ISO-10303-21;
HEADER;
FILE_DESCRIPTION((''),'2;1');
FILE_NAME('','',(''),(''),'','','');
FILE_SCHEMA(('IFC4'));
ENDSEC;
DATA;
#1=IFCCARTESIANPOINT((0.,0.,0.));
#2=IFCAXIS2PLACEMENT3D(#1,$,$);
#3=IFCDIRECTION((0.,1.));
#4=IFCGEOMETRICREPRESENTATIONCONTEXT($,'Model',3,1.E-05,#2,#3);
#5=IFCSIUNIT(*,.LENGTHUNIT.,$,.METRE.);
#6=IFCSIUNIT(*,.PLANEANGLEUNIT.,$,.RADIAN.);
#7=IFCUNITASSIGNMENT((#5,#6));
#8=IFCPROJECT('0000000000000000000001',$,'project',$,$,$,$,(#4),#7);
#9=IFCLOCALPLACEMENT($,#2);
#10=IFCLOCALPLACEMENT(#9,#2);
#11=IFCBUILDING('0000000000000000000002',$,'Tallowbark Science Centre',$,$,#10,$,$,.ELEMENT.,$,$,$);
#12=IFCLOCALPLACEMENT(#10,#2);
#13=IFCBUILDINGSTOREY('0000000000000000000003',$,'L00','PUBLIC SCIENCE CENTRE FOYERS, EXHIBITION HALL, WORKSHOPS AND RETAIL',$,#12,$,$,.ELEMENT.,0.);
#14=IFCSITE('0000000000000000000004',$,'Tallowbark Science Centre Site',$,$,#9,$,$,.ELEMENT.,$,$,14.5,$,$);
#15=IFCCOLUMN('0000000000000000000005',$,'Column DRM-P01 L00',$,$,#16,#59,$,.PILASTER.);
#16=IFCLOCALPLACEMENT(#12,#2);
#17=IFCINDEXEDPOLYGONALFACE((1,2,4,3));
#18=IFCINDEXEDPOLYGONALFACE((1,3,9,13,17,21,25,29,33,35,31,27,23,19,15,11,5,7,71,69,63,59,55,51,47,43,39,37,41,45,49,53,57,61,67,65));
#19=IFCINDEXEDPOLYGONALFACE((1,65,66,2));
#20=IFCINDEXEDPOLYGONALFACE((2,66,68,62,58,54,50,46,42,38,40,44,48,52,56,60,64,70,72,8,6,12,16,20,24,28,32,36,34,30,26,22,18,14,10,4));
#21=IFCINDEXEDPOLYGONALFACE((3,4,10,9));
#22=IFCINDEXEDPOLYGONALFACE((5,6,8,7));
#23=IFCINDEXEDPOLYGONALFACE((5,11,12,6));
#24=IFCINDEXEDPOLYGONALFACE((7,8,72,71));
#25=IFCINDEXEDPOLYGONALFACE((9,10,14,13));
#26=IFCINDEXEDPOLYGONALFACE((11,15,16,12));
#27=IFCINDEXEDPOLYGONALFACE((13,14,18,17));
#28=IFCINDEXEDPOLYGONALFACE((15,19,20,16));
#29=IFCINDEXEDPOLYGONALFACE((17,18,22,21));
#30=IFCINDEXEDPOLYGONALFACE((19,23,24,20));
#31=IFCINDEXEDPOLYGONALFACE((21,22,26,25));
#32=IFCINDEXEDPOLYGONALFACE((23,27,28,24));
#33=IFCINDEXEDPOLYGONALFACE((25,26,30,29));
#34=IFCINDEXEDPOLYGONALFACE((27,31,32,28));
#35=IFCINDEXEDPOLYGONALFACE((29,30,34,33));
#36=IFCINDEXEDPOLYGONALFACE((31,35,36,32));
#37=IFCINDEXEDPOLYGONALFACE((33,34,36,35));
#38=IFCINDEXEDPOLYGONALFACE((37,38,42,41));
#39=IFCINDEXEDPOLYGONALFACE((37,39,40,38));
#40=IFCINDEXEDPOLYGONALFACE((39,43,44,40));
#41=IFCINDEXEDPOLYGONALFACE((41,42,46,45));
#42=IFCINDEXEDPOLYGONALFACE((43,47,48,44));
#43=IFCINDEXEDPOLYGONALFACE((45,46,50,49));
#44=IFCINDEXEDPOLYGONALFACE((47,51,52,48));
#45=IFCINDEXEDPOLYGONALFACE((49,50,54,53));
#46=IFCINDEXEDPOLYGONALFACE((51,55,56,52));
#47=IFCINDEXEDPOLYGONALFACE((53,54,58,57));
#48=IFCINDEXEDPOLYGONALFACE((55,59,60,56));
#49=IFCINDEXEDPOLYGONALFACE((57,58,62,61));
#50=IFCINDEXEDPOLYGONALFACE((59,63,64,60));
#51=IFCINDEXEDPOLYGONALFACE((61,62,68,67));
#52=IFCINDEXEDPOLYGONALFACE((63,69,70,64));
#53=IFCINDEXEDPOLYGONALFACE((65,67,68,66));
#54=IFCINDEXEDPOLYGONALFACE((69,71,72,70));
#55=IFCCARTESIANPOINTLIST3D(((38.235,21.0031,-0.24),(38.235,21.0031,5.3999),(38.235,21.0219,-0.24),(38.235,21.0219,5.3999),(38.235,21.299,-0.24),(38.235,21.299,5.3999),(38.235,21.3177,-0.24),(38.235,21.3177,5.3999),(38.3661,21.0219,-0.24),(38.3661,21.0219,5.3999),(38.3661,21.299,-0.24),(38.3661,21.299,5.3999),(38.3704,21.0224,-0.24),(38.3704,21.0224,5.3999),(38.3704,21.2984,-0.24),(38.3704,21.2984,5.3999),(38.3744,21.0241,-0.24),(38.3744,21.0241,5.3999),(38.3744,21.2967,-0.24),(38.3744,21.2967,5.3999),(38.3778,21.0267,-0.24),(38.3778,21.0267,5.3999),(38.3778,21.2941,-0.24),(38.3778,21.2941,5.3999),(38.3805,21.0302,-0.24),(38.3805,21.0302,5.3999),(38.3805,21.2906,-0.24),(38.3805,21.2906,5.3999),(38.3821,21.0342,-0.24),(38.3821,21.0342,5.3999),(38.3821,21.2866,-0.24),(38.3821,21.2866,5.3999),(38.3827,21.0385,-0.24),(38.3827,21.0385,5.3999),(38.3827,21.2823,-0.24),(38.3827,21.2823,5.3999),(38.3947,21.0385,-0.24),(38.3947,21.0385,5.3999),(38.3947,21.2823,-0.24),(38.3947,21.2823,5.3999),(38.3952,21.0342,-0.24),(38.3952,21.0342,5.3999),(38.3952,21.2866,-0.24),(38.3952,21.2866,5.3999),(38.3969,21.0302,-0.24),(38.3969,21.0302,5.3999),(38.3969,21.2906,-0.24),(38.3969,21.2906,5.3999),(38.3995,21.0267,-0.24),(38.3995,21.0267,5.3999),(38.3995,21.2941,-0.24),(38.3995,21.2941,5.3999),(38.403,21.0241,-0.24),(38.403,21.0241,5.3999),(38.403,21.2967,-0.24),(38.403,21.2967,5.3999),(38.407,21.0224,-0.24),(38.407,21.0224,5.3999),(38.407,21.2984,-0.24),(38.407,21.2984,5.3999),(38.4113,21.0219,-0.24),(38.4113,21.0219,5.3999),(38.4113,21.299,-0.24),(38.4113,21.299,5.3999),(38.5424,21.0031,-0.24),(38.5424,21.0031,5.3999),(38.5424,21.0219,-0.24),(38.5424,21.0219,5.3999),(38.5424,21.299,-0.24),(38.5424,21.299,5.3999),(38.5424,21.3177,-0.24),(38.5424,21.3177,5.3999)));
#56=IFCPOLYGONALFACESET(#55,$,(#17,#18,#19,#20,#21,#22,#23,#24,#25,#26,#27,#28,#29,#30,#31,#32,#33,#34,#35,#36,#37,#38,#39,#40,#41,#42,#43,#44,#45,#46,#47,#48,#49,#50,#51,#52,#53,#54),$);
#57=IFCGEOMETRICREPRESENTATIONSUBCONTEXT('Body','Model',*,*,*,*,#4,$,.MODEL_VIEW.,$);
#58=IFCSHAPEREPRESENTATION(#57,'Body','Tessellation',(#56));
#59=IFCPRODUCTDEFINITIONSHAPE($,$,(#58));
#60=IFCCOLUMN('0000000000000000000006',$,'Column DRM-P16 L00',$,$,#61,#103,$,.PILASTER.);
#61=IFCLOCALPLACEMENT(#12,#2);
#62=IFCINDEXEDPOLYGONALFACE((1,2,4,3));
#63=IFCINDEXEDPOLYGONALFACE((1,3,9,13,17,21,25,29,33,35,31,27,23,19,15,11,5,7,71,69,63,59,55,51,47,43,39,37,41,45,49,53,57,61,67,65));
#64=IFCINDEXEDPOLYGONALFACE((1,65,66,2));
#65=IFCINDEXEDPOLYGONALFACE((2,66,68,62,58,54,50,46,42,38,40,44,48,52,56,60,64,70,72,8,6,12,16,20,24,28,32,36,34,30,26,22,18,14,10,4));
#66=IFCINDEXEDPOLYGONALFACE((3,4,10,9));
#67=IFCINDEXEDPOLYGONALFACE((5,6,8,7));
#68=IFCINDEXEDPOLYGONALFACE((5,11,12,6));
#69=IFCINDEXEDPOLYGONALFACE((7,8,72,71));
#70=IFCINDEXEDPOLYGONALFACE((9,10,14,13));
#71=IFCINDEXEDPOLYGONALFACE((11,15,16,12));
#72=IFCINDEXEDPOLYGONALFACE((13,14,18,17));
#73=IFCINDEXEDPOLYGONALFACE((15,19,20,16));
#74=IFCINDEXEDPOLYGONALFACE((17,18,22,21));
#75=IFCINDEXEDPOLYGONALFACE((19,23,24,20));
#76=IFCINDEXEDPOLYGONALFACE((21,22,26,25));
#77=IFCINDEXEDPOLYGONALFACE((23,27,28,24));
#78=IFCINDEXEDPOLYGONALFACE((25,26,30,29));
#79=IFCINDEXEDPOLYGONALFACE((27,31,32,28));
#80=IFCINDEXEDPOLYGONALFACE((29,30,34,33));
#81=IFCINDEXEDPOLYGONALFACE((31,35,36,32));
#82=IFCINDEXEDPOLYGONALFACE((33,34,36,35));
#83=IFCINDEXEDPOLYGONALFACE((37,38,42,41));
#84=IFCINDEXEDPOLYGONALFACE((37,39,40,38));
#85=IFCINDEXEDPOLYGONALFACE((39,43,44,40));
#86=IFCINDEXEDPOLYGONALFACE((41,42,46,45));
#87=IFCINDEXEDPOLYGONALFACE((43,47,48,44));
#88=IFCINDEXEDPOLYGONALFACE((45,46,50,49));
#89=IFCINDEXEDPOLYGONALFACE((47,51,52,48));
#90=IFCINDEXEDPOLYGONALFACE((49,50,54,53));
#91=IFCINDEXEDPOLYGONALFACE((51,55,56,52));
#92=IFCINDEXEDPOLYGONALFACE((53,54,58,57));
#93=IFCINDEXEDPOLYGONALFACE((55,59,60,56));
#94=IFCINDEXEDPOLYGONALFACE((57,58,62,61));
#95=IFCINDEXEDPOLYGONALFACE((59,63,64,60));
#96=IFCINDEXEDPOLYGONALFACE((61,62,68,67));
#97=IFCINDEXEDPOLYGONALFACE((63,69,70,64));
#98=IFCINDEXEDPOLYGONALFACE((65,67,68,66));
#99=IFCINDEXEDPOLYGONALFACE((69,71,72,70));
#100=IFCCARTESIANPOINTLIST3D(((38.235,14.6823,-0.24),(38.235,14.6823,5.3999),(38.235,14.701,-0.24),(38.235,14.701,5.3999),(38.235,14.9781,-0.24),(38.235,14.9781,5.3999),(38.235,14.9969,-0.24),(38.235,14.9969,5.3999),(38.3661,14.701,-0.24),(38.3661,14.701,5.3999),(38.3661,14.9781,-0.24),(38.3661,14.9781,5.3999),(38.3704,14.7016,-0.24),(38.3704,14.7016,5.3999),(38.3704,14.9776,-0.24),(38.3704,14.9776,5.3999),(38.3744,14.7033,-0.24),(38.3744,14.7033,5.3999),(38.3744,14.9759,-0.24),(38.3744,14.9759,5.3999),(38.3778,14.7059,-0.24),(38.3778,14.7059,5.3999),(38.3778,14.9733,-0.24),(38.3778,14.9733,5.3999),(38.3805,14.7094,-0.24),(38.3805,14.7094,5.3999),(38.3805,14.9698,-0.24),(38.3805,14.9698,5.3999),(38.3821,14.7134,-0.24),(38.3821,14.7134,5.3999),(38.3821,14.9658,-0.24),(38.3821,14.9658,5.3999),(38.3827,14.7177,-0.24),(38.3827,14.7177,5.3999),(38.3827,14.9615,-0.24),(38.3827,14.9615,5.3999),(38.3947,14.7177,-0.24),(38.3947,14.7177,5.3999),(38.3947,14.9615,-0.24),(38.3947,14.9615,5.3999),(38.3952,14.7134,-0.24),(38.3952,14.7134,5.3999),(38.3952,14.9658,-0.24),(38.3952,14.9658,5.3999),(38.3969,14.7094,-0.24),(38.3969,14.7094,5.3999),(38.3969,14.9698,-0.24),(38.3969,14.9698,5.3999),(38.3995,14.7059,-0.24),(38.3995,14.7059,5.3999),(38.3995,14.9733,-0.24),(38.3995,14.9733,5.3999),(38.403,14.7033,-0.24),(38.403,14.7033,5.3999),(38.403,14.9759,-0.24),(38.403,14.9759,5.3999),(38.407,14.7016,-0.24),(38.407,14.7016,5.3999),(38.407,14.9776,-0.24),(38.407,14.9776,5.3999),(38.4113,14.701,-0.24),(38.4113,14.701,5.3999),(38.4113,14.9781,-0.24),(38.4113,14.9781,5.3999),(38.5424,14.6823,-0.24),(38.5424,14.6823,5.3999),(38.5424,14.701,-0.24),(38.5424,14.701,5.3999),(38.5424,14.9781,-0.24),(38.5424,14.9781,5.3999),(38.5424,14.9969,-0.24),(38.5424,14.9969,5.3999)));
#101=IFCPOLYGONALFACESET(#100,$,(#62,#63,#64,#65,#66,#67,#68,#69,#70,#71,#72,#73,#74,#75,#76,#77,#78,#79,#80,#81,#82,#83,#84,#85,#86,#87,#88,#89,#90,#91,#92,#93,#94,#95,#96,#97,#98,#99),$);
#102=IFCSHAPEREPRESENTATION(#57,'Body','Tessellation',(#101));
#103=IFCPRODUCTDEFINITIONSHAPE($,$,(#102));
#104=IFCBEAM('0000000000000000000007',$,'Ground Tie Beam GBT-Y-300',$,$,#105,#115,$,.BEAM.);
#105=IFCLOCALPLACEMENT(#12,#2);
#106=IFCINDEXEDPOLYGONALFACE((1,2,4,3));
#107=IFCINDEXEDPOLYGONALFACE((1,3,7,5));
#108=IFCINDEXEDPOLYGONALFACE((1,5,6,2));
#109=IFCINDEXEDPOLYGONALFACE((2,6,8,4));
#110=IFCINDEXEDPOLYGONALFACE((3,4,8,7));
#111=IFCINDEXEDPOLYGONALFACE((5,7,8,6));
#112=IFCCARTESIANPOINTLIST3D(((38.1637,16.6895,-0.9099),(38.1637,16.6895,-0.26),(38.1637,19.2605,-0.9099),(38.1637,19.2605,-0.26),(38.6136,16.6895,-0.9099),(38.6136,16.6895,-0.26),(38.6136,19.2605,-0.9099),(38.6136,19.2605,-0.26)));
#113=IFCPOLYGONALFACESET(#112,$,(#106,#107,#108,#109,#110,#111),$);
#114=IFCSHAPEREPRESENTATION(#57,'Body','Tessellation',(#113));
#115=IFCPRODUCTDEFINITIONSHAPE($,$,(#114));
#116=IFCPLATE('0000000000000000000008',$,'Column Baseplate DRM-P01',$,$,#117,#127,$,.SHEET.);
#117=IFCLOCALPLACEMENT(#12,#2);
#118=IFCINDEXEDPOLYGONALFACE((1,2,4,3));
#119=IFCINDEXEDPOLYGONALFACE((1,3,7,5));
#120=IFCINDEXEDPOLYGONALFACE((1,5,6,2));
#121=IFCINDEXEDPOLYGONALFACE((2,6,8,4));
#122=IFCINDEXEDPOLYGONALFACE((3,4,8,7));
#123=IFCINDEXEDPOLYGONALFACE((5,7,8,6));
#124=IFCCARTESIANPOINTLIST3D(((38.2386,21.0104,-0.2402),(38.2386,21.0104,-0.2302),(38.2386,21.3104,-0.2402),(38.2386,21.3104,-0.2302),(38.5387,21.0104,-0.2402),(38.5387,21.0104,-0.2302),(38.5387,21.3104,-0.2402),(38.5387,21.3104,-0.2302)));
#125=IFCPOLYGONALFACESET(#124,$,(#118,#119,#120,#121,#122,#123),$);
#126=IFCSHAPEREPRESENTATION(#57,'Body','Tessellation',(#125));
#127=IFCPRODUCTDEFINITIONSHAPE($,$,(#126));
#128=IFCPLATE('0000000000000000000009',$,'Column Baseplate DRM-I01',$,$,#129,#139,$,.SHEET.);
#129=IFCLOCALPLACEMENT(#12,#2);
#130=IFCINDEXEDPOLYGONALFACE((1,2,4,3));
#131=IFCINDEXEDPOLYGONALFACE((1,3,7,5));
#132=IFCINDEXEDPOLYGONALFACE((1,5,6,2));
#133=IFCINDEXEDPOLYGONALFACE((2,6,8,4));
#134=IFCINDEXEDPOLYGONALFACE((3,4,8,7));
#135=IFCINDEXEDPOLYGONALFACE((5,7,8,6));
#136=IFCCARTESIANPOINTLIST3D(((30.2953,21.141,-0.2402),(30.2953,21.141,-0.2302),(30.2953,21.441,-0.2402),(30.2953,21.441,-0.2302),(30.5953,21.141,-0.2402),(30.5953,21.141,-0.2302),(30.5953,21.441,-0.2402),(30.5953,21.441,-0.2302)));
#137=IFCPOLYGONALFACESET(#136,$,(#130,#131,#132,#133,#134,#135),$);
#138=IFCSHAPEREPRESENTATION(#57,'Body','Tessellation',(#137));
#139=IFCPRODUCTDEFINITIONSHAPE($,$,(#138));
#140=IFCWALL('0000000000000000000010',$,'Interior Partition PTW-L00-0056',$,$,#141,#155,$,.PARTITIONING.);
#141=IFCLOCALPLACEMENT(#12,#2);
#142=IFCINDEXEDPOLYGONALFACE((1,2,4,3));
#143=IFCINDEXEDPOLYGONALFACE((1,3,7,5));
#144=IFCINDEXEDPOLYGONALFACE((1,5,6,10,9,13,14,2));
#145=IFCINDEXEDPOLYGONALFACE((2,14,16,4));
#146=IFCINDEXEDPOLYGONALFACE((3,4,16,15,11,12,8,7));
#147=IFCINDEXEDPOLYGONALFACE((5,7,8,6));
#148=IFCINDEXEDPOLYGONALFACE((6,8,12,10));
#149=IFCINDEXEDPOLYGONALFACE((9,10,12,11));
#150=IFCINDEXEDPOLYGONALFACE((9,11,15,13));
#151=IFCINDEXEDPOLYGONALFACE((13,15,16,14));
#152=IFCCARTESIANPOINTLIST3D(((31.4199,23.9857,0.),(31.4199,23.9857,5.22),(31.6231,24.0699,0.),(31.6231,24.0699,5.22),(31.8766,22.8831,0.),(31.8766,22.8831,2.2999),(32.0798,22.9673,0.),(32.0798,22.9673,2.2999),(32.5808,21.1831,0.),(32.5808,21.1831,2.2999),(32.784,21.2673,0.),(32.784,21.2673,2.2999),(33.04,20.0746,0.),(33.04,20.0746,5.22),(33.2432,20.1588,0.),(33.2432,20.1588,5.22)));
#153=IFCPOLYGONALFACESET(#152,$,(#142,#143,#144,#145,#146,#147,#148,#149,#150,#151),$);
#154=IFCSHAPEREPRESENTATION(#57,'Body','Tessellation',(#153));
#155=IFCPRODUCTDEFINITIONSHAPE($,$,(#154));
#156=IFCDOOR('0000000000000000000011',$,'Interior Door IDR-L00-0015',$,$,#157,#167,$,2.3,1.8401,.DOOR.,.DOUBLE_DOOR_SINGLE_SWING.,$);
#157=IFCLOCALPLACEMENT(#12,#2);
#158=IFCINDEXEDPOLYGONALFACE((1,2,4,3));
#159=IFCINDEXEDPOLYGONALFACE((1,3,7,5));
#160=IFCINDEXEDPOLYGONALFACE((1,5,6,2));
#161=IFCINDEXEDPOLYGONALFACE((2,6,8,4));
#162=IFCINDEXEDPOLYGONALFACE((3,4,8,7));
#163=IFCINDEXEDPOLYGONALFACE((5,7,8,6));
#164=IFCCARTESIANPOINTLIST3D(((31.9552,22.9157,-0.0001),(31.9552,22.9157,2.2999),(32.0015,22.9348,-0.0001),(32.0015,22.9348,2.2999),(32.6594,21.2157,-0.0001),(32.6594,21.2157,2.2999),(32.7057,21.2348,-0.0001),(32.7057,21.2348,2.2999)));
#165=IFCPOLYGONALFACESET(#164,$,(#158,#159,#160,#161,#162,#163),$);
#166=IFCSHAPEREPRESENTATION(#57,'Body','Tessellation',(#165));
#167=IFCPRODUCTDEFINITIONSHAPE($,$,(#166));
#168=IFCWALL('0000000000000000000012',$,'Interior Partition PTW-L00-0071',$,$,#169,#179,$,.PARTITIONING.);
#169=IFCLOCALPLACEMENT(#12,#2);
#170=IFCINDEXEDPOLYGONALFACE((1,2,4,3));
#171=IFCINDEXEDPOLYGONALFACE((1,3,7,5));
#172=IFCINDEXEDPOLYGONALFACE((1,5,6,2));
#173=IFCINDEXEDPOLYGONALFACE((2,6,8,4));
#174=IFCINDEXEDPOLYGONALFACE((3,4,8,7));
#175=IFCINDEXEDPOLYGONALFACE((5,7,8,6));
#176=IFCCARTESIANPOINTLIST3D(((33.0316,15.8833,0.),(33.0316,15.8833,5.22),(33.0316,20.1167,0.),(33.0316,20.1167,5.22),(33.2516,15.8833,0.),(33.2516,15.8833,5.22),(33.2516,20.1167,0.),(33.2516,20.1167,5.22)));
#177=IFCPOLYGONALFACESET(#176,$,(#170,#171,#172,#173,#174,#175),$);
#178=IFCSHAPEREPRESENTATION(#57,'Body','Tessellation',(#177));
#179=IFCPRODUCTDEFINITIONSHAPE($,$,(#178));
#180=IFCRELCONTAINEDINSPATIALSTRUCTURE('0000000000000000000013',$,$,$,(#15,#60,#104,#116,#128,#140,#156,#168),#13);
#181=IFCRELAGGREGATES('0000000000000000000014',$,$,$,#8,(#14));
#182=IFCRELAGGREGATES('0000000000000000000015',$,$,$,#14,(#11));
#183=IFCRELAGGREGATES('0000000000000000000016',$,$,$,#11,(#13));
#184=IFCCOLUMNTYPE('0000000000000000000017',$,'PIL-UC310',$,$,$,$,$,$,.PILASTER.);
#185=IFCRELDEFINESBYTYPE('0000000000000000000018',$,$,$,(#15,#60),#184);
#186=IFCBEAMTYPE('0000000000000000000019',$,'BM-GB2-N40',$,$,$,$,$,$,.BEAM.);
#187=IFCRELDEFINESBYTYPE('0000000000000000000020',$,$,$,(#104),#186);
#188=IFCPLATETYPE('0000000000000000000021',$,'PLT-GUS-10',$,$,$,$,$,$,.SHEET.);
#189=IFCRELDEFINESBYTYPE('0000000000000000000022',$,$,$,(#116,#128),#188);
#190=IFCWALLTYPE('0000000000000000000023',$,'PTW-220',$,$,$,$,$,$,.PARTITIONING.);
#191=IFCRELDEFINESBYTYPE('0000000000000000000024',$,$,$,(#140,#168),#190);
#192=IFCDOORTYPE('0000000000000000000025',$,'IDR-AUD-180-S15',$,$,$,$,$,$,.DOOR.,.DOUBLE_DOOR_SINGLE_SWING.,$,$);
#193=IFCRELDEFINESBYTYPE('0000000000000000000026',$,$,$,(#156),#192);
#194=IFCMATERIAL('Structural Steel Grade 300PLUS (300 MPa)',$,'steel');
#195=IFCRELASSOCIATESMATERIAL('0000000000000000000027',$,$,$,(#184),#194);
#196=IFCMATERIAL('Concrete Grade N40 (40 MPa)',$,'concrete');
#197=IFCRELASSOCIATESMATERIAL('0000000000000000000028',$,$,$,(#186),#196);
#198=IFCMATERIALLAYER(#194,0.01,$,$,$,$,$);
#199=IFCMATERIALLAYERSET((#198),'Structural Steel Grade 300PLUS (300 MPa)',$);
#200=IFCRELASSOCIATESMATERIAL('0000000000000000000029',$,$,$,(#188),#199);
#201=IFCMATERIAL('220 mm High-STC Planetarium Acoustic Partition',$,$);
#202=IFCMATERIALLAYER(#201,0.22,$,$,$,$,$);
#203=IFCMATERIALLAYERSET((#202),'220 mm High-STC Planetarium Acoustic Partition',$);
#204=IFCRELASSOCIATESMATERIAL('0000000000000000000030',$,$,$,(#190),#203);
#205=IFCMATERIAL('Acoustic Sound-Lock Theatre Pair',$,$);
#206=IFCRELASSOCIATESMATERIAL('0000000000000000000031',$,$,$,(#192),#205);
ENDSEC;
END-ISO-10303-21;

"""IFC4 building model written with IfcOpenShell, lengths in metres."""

from ifc_helpers import new_model, si_unit, direction, frame, frame_2d, origin, origin_2d, place, context, subcontext, project, spatial, rectangle, i_section, extrude, material, layer, layer_set, material_profile, profile_set, type_object, element, fill, save


model = new_model("IFC4")

# Units and contexts
model_context = context("Model", 3, precision=1e-05, world=origin(), true_north=direction((0.0, 1.0)))
body_context = subcontext(model_context, "Body", "Model", "MODEL_VIEW")
ifc_project = project(units=[si_unit("LENGTHUNIT", "METRE"), si_unit("PLANEANGLEUNIT", "RADIAN")], contexts=[model_context])

# Site, building, storey
site_placement = place(None, origin())
site = spatial("IfcSite", under=ifc_project, at=site_placement, Name="Tallowbark Science Centre Site", CompositionType="ELEMENT", RefElevation=14.5)
building_placement = place(site_placement, origin())
building = spatial("IfcBuilding", under=site, at=building_placement, Name="Tallowbark Science Centre", CompositionType="ELEMENT")
storey_placement = place(building_placement, origin())
storey = spatial("IfcBuildingStorey", under=building, at=storey_placement, Name="L00", Description="PUBLIC SCIENCE CENTRE FOYERS, EXHIBITION HALL, WORKSHOPS AND RETAIL", CompositionType="ELEMENT", Elevation=0.0)

# Shared definitions
ifc_material_1 = material(Name="Concrete Grade N40 (40 MPa)", Category="concrete")

# Columns
ifc_material_2 = material(Name="Structural Steel Grade 300PLUS (300 MPa)", Category="steel")
ifc_material_profile_1 = material_profile(ifc_material_2, i_section(OverallWidth=0.3074, OverallDepth=0.3147, WebThickness=0.012, FlangeThickness=0.0188, FilletRadius=0.0166, at=origin_2d()), Name="310UC118")
ifc_profile_set_1 = profile_set([ifc_material_profile_1], Name="Structural Steel Grade 300PLUS (300 MPa)")
column_type_1 = type_object("IfcColumnType", Name="PIL-UC310", PredefinedType="PILASTER", material=ifc_profile_set_1)
for number, where, z_axis, x_axis, name in (
    (1, (38.3887, 21.1604, -0.24), (0.0, 0.0, 1.0), (1.0, 0.0, 0.0), "Column DRM-P01 L00"),
    (2, (38.3887, 14.8396, -0.24), (0.0, 0.0, 1.0), (1.0, 0.0, 0.0), "Column DRM-P16 L00"),
):
    element("IfcColumn", number, at=place(storey_placement, frame(where, z_axis=z_axis, x_axis=x_axis)), inside=storey, type_object=column_type_1, Name=name, PredefinedType="PILASTER", context=body_context, shape_type="SweptSolid", body=[
        extrude(i_section(OverallWidth=0.3074, OverallDepth=0.3147, WebThickness=0.012, FlangeThickness=0.0188, FilletRadius=0.0166, at=origin_2d()), origin(), (0.0, 0.0, 1.0), 5.6399),
    ])

# Beam
ifc_material_profile_2 = material_profile(ifc_material_1, rectangle(XDim=0.45, YDim=0.6499, at=origin_2d()), Name="RC450x650")
ifc_profile_set_2 = profile_set([ifc_material_profile_2], Name="Concrete Grade N40 (40 MPa)")
beam_type = type_object("IfcBeamType", Name="BM-GB2-N40", PredefinedType="BEAM", material=ifc_profile_set_2)
beam_placement = place(storey_placement, frame((38.3887, 16.6895, -0.585), z_axis=(0.0, 1.0, 0.0), x_axis=(-1.0, 0.0, 0.0)))
element("IfcBeam", 3, at=beam_placement, inside=storey, type_object=beam_type, Name="Ground Tie Beam GBT-Y-300", PredefinedType="BEAM", context=body_context, shape_type="SweptSolid", body=[
    extrude(rectangle(XDim=0.45, YDim=0.6499, at=origin_2d()), origin(), (0.0, 0.0, 1.0), 2.571),
])

# Plates
ifc_layer_1 = layer(ifc_material_2, 0.01)
ifc_layer_set_1 = layer_set([ifc_layer_1], Name="Structural Steel Grade 300PLUS (300 MPa)")
plate_type = type_object("IfcPlateType", Name="PLT-GUS-10", PredefinedType="SHEET", material=ifc_layer_set_1)
for number, where, z_axis, x_axis, name in (
    (4, (38.3887, 21.1604, -0.2402), (0.0, 0.0, 1.0), (1.0, 0.0, 0.0), "Column Baseplate DRM-P01"),
    (5, (30.4453, 21.291, -0.2402), (0.0, 0.0, 1.0), (1.0, 0.0, 0.0), "Column Baseplate DRM-I01"),
):
    element("IfcPlate", number, at=place(storey_placement, frame(where, z_axis=z_axis, x_axis=x_axis)), inside=storey, type_object=plate_type, Name=name, PredefinedType="SHEET", context=body_context, shape_type="SweptSolid", body=[
        extrude(rectangle(XDim=0.3, YDim=0.3, at=origin_2d()), origin(), (0.0, 0.0, 1.0), 0.01),
    ])

# Wall, opening, door
ifc_material_3 = material(Name="220 mm High-STC Planetarium Acoustic Partition")
ifc_layer_2 = layer(ifc_material_3, 0.22)
ifc_layer_set_2 = layer_set([ifc_layer_2], Name="220 mm High-STC Planetarium Acoustic Partition")
wall_type_1 = type_object("IfcWallType", Name="PTW-220", PredefinedType="PARTITIONING", material=ifc_layer_set_2)
wall_1_placement = place(storey_placement, frame((33.1416, 20.1167, 0.0), z_axis=(0.0, 0.0, 1.0), x_axis=(-0.382698, 0.923873, 0.0)))
wall_1 = element("IfcWall", 6, at=wall_1_placement, inside=storey, type_object=wall_type_1, Name="Interior Partition PTW-L00-0056", PredefinedType="PARTITIONING", context=body_context, shape_type="SweptSolid", body=[
    extrude(rectangle(XDim=4.2334, YDim=0.22, at=frame_2d((2.1167, 0.0))), origin(), (0.0, 0.0, 1.0), 5.22),
])
opening_1_placement = place(wall_1_placement, frame((1.2, 0.0, 0.0)))
opening_1 = element("IfcOpeningElement", 7, at=opening_1_placement, cuts=wall_1, PredefinedType="OPENING", context=body_context, shape_type="SweptSolid", body=[
    extrude(rectangle(XDim=1.8401, YDim=2.3, at=frame_2d((0.9199, 1.1499))), frame((0.0, 0.1201, 0.0), z_axis=(0.0, -1.0, 0.0), x_axis=(1.0, 0.0, 0.0)), (0.0, 0.0, 1.0), 0.24),
])
ifc_material_4 = material(Name="Acoustic Sound-Lock Theatre Pair")
door_type_1 = type_object("IfcDoorType", Name="IDR-AUD-180-S15", OperationType="DOUBLE_DOOR_SINGLE_SWING", PredefinedType="DOOR", material=ifc_material_4)
door_1_placement = place(opening_1_placement, origin())
door_1 = element("IfcDoor", 8, at=door_1_placement, inside=storey, type_object=door_type_1, Name="Interior Door IDR-L00-0015", OperationType="DOUBLE_DOOR_SINGLE_SWING", OverallHeight=2.3, OverallWidth=1.8401, PredefinedType="DOOR", context=body_context, shape_type="SweptSolid", body=[
    extrude(rectangle(XDim=1.8401, YDim=2.3, at=frame_2d((0.9199, 1.1499))), frame((0.0, 0.0249, 0.0), z_axis=(0.0, -1.0, 0.0), x_axis=(1.0, 0.0, 0.0)), (0.0, 0.0, 1.0), 0.05),
])
fill(opening_1, door_1)

# Wall
wall_2_placement = place(storey_placement, frame((33.1416, 15.8833, 0.0), z_axis=(0.0, 0.0, 1.0), x_axis=(0.0, 1.0, 0.0)))
element("IfcWall", 9, at=wall_2_placement, inside=storey, type_object=wall_type_1, Name="Interior Partition PTW-L00-0071", PredefinedType="PARTITIONING", context=body_context, shape_type="SweptSolid", body=[
    extrude(rectangle(XDim=4.2334, YDim=0.22, at=frame_2d((2.1167, 0.0))), origin(), (0.0, 0.0, 1.0), 5.22),
])

save(model, "model.ifc")
